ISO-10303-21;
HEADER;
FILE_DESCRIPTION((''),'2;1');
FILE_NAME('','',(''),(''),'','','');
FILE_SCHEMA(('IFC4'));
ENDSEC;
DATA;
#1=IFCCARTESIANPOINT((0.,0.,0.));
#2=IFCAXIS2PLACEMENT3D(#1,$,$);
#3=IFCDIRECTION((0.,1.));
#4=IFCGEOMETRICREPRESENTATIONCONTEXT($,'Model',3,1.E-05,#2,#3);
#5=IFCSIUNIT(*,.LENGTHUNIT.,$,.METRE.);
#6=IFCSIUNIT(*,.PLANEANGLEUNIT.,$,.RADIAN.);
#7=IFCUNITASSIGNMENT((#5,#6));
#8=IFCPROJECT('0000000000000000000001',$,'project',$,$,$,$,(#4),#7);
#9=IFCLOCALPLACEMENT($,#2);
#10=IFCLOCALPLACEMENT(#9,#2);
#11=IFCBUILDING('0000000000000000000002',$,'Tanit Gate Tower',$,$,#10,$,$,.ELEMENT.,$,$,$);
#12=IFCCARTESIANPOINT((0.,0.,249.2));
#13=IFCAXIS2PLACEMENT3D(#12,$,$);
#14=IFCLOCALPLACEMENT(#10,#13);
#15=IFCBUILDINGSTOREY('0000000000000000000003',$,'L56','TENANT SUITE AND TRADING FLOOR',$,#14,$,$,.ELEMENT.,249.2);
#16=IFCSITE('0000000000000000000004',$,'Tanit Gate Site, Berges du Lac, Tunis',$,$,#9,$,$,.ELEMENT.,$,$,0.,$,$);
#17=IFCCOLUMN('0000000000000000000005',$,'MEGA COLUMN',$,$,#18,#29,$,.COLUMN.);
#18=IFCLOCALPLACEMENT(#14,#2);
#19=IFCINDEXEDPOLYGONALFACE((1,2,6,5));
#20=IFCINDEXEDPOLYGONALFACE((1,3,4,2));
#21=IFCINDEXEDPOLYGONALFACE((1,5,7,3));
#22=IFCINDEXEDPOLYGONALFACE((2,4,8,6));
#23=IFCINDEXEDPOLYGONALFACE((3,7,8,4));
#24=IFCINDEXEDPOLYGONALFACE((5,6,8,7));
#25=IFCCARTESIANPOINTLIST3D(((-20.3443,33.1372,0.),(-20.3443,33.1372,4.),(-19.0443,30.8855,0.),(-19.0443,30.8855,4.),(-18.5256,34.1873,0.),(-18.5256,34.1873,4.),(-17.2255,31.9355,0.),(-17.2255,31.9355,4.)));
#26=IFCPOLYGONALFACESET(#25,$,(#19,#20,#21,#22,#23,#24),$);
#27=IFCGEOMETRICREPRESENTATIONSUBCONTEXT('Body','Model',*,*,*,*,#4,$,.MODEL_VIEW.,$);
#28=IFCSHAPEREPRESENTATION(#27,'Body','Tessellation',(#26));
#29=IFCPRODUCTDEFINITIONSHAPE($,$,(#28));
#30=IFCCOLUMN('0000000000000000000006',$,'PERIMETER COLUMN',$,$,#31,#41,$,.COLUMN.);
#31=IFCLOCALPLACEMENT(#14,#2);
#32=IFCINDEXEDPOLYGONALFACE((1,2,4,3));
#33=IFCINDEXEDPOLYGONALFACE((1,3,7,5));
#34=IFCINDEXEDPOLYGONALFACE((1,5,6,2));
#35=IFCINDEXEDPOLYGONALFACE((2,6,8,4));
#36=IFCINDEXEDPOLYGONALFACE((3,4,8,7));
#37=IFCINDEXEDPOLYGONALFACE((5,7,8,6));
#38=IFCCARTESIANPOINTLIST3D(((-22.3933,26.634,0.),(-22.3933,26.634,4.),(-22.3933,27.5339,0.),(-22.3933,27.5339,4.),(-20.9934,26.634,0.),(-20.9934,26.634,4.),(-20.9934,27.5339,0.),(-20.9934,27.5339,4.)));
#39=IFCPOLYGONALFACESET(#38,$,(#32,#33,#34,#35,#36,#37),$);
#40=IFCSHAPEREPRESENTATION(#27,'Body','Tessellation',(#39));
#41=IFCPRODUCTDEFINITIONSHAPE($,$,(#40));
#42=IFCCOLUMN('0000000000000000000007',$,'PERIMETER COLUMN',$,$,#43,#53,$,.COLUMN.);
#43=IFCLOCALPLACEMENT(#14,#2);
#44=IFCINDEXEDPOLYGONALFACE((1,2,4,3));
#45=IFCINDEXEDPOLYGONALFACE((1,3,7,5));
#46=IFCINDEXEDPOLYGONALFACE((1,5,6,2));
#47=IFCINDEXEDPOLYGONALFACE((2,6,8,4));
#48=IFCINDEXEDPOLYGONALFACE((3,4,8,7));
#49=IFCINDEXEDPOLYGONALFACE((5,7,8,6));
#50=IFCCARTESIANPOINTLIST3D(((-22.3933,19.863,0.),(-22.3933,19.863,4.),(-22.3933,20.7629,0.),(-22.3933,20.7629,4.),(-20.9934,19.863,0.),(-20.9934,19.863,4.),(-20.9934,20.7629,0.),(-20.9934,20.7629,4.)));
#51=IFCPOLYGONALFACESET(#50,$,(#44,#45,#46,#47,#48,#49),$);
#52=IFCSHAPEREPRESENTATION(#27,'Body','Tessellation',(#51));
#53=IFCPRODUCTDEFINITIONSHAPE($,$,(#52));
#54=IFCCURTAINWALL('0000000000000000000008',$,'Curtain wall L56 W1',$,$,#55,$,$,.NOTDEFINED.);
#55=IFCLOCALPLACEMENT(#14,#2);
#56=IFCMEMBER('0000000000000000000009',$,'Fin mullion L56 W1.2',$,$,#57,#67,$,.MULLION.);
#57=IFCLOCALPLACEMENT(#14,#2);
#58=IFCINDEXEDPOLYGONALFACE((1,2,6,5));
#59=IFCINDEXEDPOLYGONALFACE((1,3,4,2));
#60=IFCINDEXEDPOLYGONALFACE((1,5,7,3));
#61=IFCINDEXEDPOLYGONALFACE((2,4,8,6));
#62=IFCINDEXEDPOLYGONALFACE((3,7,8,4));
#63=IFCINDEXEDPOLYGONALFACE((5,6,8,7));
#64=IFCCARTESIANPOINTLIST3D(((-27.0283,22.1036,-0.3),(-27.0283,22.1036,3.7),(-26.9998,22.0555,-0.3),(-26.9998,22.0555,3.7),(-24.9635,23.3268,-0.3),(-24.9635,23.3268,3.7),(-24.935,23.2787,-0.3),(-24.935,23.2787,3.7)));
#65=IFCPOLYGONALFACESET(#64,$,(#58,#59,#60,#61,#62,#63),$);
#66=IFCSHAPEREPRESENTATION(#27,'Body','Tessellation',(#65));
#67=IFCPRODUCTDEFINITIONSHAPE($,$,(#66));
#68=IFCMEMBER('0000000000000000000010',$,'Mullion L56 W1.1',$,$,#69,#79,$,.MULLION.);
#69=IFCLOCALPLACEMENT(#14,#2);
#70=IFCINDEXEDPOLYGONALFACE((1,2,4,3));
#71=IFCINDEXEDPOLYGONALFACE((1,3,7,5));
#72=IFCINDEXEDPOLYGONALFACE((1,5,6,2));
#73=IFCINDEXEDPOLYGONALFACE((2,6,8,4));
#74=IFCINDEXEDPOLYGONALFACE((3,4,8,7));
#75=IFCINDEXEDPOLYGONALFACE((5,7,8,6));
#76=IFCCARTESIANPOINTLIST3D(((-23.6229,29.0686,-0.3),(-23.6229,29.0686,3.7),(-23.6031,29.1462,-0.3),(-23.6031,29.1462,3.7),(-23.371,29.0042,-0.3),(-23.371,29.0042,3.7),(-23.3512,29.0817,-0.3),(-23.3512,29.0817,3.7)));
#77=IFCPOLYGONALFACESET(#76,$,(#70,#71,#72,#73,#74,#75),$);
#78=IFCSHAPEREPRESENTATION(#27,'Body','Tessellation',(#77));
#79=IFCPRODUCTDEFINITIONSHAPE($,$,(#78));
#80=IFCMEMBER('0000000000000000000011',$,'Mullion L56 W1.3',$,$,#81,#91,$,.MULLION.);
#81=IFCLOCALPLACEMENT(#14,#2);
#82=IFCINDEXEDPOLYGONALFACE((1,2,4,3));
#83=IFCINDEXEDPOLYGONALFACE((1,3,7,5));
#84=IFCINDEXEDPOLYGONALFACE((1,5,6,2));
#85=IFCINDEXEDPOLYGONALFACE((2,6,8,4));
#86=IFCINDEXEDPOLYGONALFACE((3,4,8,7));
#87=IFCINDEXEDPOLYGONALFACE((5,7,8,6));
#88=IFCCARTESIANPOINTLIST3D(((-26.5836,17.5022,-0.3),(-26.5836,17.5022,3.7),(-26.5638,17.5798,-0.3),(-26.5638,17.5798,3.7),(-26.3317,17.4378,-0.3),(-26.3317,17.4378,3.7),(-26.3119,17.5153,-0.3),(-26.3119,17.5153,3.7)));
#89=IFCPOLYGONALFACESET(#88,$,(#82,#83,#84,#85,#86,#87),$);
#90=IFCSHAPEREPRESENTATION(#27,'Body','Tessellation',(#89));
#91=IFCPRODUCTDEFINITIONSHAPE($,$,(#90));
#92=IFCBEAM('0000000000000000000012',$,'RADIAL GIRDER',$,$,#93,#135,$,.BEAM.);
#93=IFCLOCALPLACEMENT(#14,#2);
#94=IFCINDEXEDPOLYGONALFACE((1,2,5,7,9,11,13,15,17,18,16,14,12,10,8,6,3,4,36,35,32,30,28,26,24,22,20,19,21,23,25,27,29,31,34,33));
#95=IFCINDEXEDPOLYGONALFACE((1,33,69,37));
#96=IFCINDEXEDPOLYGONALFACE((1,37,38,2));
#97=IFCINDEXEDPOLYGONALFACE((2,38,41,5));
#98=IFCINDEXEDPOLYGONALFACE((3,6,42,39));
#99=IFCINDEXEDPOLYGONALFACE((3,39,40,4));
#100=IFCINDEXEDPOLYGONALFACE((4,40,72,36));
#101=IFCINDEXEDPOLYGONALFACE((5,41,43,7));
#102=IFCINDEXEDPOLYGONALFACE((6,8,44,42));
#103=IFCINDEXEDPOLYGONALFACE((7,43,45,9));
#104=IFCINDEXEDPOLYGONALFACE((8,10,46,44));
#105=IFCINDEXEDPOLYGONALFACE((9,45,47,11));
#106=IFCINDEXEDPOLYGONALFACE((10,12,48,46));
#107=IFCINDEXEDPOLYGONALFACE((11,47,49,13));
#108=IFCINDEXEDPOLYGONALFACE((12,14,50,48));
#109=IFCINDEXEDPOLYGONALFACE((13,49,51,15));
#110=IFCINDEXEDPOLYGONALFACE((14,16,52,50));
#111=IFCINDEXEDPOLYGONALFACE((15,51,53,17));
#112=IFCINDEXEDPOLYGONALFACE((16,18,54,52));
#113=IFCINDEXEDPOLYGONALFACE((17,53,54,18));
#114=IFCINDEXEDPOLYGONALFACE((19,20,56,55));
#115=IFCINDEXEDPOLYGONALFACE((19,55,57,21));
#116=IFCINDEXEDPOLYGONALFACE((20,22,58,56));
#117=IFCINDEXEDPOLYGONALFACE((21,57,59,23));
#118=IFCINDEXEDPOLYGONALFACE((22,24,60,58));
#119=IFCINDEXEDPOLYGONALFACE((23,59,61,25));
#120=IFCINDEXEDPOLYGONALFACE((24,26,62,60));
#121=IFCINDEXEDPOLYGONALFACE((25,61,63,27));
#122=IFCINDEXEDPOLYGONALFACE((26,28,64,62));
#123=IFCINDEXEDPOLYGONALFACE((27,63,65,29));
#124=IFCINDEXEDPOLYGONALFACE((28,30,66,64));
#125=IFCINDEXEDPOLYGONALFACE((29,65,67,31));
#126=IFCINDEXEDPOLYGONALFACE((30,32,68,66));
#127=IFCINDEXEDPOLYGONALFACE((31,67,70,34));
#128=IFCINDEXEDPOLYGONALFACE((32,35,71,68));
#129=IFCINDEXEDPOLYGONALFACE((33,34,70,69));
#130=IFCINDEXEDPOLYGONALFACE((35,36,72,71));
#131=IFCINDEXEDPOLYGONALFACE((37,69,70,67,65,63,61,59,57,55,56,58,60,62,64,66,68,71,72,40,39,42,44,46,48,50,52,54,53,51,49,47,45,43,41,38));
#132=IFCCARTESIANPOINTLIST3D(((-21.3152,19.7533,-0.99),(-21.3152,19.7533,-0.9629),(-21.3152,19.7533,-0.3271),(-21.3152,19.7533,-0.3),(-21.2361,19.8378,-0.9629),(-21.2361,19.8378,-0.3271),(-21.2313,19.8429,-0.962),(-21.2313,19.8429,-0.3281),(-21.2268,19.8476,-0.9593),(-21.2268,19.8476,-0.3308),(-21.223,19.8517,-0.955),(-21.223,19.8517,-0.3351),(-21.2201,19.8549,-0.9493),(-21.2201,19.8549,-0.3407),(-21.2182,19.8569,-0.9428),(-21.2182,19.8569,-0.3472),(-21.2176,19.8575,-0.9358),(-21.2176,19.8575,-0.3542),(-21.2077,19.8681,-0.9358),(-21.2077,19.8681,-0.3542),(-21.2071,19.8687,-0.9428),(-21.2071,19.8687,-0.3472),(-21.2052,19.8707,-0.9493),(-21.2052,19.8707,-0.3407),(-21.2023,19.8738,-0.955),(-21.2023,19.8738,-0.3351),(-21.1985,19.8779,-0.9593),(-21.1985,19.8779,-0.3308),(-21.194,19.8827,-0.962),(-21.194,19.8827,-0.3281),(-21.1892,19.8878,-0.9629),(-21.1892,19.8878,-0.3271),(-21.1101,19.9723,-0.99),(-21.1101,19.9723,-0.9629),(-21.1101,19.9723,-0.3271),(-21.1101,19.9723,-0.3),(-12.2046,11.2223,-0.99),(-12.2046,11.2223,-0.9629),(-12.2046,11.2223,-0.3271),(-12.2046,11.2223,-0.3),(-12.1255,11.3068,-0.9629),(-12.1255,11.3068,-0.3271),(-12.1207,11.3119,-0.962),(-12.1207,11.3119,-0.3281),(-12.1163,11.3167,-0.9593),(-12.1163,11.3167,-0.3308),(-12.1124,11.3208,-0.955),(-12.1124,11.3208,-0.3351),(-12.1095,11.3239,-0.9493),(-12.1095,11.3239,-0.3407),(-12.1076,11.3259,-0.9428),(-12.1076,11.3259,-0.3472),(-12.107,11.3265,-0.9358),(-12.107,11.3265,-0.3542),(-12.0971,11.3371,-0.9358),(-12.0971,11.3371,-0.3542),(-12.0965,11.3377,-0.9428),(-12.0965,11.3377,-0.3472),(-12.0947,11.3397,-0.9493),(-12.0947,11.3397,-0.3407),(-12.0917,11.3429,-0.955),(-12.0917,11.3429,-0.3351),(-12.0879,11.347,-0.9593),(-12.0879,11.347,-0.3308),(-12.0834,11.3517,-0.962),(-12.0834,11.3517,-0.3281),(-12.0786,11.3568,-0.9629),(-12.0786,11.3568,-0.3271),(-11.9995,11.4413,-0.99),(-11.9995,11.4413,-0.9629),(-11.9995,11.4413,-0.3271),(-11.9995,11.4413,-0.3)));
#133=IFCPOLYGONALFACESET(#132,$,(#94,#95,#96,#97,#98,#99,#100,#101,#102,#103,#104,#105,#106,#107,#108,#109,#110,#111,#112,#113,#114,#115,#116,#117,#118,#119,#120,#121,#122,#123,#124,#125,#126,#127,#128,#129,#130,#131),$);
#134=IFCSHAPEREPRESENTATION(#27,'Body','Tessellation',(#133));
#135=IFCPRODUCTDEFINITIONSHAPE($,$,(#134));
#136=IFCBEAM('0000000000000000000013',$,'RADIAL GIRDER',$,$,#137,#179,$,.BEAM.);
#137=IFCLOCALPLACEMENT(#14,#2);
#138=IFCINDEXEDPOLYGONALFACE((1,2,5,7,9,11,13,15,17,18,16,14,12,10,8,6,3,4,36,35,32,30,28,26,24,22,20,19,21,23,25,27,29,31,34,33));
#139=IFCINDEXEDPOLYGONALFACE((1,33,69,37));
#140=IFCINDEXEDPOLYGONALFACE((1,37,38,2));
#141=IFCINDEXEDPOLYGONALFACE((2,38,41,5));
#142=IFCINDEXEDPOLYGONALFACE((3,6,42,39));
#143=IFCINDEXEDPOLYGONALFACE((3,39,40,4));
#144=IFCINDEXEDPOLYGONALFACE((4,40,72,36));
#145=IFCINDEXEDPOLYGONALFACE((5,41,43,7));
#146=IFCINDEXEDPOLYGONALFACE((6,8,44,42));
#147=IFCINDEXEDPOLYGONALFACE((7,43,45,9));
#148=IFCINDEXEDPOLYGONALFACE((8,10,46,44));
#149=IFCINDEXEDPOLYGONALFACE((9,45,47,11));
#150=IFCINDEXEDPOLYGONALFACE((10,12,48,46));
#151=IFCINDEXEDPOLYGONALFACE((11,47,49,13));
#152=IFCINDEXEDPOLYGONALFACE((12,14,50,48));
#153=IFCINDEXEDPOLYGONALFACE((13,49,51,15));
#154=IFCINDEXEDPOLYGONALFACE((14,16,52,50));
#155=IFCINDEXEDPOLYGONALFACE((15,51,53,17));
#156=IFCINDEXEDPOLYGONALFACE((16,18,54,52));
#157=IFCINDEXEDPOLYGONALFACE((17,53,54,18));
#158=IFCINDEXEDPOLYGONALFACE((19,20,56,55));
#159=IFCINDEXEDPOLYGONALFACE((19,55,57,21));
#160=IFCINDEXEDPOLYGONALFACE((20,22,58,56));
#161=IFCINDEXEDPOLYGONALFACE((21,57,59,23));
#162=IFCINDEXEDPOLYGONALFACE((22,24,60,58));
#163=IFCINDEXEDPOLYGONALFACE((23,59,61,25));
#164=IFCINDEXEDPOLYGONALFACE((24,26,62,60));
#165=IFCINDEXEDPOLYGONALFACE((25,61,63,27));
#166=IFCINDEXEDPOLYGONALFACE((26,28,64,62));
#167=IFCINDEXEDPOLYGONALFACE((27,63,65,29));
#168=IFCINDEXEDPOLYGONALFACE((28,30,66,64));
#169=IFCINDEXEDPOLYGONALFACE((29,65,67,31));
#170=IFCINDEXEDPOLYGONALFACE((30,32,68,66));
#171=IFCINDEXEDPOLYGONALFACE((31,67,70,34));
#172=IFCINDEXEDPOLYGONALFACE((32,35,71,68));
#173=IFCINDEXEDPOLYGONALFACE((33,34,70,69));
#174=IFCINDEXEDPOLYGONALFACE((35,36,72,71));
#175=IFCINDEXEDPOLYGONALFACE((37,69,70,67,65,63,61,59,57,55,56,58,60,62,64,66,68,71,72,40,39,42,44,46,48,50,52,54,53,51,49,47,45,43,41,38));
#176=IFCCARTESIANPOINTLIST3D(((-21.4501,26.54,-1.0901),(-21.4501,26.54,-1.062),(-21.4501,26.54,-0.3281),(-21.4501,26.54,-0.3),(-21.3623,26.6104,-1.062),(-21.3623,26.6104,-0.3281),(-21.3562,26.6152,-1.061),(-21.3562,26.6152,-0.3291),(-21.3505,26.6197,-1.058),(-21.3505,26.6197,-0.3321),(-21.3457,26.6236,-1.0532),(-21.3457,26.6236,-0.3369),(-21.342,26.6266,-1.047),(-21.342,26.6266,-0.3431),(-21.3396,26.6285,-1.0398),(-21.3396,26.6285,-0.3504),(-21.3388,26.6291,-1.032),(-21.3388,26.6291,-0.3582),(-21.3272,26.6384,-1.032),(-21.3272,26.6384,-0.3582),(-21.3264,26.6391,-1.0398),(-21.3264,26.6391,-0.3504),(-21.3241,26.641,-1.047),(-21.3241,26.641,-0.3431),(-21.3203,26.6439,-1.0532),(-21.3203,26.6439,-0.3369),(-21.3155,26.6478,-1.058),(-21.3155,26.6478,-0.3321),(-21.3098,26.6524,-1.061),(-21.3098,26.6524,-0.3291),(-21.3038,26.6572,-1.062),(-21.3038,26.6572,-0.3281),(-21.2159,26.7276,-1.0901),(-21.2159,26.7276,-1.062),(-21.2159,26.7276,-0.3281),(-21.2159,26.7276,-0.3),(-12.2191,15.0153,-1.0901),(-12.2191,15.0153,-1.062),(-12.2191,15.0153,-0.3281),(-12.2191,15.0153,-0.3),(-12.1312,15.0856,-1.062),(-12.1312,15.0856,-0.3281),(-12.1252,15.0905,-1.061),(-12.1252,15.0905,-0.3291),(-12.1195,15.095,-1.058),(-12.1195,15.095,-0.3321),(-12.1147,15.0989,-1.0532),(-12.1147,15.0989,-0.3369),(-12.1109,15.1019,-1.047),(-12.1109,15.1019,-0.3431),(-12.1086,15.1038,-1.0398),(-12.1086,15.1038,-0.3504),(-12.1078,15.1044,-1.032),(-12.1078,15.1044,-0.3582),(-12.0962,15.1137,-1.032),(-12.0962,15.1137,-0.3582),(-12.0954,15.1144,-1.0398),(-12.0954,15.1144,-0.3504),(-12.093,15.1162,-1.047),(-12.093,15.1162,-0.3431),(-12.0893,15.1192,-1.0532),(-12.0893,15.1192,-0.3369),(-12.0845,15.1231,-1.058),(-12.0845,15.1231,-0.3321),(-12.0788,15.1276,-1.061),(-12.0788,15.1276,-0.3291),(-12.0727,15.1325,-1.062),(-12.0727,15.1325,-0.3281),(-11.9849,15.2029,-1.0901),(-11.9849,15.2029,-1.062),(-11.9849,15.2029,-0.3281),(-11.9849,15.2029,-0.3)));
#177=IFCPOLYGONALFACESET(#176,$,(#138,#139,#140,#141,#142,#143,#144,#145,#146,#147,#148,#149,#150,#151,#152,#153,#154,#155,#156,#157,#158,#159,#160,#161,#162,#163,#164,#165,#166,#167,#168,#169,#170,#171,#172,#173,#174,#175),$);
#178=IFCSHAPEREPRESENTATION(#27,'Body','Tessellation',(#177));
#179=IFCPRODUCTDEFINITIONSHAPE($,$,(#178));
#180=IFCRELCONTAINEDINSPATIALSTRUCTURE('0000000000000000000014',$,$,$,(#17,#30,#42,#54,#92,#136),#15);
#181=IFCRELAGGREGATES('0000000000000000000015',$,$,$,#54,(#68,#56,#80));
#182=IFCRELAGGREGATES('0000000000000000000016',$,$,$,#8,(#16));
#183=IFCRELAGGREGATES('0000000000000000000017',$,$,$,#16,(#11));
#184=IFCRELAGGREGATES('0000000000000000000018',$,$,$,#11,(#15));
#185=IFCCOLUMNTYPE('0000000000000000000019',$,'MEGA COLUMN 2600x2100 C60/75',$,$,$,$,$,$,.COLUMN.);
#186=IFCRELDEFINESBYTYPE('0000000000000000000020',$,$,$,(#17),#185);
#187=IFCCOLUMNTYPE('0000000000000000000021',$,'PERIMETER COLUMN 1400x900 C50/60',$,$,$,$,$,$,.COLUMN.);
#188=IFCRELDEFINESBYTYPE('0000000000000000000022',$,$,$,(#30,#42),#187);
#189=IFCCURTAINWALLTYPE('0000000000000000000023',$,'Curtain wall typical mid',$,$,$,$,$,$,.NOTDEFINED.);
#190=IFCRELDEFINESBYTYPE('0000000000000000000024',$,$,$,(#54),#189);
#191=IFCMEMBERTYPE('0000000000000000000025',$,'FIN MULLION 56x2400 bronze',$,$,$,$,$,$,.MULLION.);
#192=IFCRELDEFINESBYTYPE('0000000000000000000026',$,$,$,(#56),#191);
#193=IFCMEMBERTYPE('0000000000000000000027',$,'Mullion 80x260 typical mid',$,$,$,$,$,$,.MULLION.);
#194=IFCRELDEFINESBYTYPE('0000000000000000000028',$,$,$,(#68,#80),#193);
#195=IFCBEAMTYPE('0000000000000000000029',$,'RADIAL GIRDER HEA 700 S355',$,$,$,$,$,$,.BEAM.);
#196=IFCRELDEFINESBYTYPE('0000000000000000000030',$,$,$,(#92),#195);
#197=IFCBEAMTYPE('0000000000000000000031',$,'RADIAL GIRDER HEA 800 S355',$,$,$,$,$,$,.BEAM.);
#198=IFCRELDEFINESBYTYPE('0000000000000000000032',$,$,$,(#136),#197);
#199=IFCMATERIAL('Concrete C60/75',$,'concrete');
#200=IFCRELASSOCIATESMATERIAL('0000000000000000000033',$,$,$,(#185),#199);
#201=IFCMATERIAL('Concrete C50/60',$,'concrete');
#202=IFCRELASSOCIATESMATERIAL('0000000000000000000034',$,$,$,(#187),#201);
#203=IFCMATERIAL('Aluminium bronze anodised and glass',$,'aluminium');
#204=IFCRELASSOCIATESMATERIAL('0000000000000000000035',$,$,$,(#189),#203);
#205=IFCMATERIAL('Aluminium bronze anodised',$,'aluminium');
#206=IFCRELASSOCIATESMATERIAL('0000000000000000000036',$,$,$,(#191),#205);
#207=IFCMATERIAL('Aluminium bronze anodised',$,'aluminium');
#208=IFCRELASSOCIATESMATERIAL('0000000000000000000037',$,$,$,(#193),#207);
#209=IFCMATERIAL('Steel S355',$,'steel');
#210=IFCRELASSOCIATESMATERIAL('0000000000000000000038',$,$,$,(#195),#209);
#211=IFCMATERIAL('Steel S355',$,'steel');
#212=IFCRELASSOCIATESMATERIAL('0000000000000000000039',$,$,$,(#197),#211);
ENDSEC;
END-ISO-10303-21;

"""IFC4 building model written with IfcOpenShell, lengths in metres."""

from ifc_helpers import new_model, si_unit, direction, frame, origin, origin_2d, place, context, subcontext, project, spatial, rectangle, i_section, extrude, material, material_profile, profile_set, type_object, element, aggregate, save


model = new_model("IFC4")

# Units and contexts
model_context = context("Model", 3, precision=1e-05, world=origin(), true_north=direction((0.0, 1.0)))
body_context = subcontext(model_context, "Body", "Model", "MODEL_VIEW")
ifc_project = project(units=[si_unit("LENGTHUNIT", "METRE"), si_unit("PLANEANGLEUNIT", "RADIAN")], contexts=[model_context])

# Site, building, storey
site_placement = place(None, origin())
site = spatial("IfcSite", under=ifc_project, at=site_placement, Name="Tanit Gate Site, Berges du Lac, Tunis", CompositionType="ELEMENT", RefElevation=0.0)
building_placement = place(site_placement, origin())
building = spatial("IfcBuilding", under=site, at=building_placement, Name="Tanit Gate Tower", CompositionType="ELEMENT")
storey_placement = place(building_placement, frame((0.0, 0.0, 249.2)))
storey = spatial("IfcBuildingStorey", under=building, at=storey_placement, Name="L56", Description="TENANT SUITE AND TRADING FLOOR", CompositionType="ELEMENT", Elevation=249.2)

# Columns
ifc_material_1 = material(Name="Concrete C60/75", Category="concrete")
ifc_material_profile_1 = material_profile(ifc_material_1, rectangle(XDim=2.6001, YDim=2.1001, at=origin_2d()), Name="RC 2600x2100")
ifc_profile_set_1 = profile_set([ifc_material_profile_1], Name="Concrete C60/75")
column_type_1 = type_object("IfcColumnType", Name="MEGA COLUMN 2600x2100 C60/75", PredefinedType="COLUMN", material=ifc_profile_set_1)
column_placement = place(storey_placement, frame((-18.7849, 32.5364, 0.0), z_axis=(0.0, 0.0, 1.0), x_axis=(-0.5, 0.866025, 0.0)))
element("IfcColumn", 1, at=column_placement, inside=storey, type_object=column_type_1, Name="MEGA COLUMN", PredefinedType="COLUMN", context=body_context, shape_type="SweptSolid", body=[
    extrude(rectangle(XDim=2.6001, YDim=2.1001, at=origin_2d()), origin(), (0.0, 0.0, 1.0), 4.0),
])
ifc_material_2 = material(Name="Concrete C50/60", Category="concrete")
ifc_material_profile_2 = material_profile(ifc_material_2, rectangle(XDim=1.3999, YDim=0.8999, at=origin_2d()), Name="RC 1400x900")
ifc_profile_set_2 = profile_set([ifc_material_profile_2], Name="Concrete C50/60")
column_type_2 = type_object("IfcColumnType", Name="PERIMETER COLUMN 1400x900 C50/60", PredefinedType="COLUMN", material=ifc_profile_set_2)
for number, where, z_axis, x_axis, name in (
    (2, (-21.6934, 27.084, 0.0), (0.0, 0.0, 1.0), (-1.0, 0.0, 0.0), "PERIMETER COLUMN"),
    (3, (-21.6934, 20.313, 0.0), (0.0, 0.0, 1.0), (-1.0, 0.0, 0.0), "PERIMETER COLUMN"),
):
    element("IfcColumn", number, at=place(storey_placement, frame(where, z_axis=z_axis, x_axis=x_axis)), inside=storey, type_object=column_type_2, Name=name, PredefinedType="COLUMN", context=body_context, shape_type="SweptSolid", body=[
        extrude(rectangle(XDim=1.3999, YDim=0.8999, at=origin_2d()), origin(), (0.0, 0.0, 1.0), 4.0),
    ])

# Curtain wall, members
ifc_material_3 = material(Name="Aluminium bronze anodised and glass", Category="aluminium")
curtain_wall_type = type_object("IfcCurtainWallType", Name="Curtain wall typical mid", PredefinedType="NOTDEFINED", material=ifc_material_3)
curtain_wall_placement = place(storey_placement, origin())
curtain_wall = element("IfcCurtainWall", 4, at=curtain_wall_placement, inside=storey, type_object=curtain_wall_type, Name="Curtain wall L56 W1", PredefinedType="NOTDEFINED")
ifc_material_4 = material(Name="Aluminium bronze anodised", Category="aluminium")
ifc_material_profile_3 = material_profile(ifc_material_4, rectangle(XDim=2.3999, YDim=0.0559, at=origin_2d()), Name="56x2400 bronze fin mullion")
ifc_profile_set_3 = profile_set([ifc_material_profile_3], Name="Aluminium bronze anodised")
member_type_1 = type_object("IfcMemberType", Name="FIN MULLION 56x2400 bronze", PredefinedType="MULLION", material=ifc_profile_set_3)
member_1_placement = place(storey_placement, frame((-25.9817, 22.6912, -0.3), z_axis=(0.0, 0.0, 1.0), x_axis=(0.860366, 0.509678, 0.0)))
member_1 = element("IfcMember", 5, at=member_1_placement, type_object=member_type_1, Name="Fin mullion L56 W1.2", PredefinedType="MULLION", context=body_context, shape_type="SweptSolid", body=[
    extrude(rectangle(XDim=2.3999, YDim=0.0559, at=origin_2d()), origin(), (0.0, 0.0, 1.0), 4.0),
])
ifc_material_5 = material(Name="Aluminium bronze anodised", Category="aluminium")
ifc_material_profile_4 = material_profile(ifc_material_5, rectangle(XDim=0.26, YDim=0.0801, at=origin_2d()), Name="80x260 bronze mullion")
ifc_profile_set_4 = profile_set([ifc_material_profile_4], Name="Aluminium bronze anodised")
member_type_2 = type_object("IfcMemberType", Name="Mullion 80x260 typical mid", PredefinedType="MULLION", material=ifc_profile_set_4)
member_2_placement = place(storey_placement, frame((-23.4871, 29.0752, -0.3), z_axis=(0.0, 0.0, 1.0), x_axis=(0.968767, -0.247974, 0.0)))
member_2 = element("IfcMember", 6, at=member_2_placement, type_object=member_type_2, Name="Mullion L56 W1.1", PredefinedType="MULLION", context=body_context, shape_type="SweptSolid", body=[
    extrude(rectangle(XDim=0.26, YDim=0.0801, at=origin_2d()), origin(), (0.0, 0.0, 1.0), 4.0),
])
member_3_placement = place(storey_placement, frame((-26.4478, 17.5088, -0.3), z_axis=(0.0, 0.0, 1.0), x_axis=(0.968767, -0.247974, 0.0)))
member_3 = element("IfcMember", 7, at=member_3_placement, type_object=member_type_2, Name="Mullion L56 W1.3", PredefinedType="MULLION", context=body_context, shape_type="SweptSolid", body=[
    extrude(rectangle(XDim=0.26, YDim=0.0801, at=origin_2d()), origin(), (0.0, 0.0, 1.0), 4.0),
])

# Beams
ifc_material_6 = material(Name="Steel S355", Category="steel")
ifc_material_profile_5 = material_profile(ifc_material_6, i_section(OverallWidth=0.3, OverallDepth=0.6899, WebThickness=0.0144, FlangeThickness=0.0271, FilletRadius=0.0271, at=origin_2d()), Name="HEA 700")
ifc_profile_set_5 = profile_set([ifc_material_profile_5], Name="Steel S355")
beam_type_1 = type_object("IfcBeamType", Name="RADIAL GIRDER HEA 700 S355", PredefinedType="BEAM", material=ifc_profile_set_5)
beam_1_placement = place(storey_placement, frame((-21.2126, 19.8628, -0.645), z_axis=(0.729944, -0.683507, 0.0), x_axis=(0.683507, 0.729944, 0.0)))
element("IfcBeam", 8, at=beam_1_placement, inside=storey, type_object=beam_type_1, Name="RADIAL GIRDER", PredefinedType="BEAM", context=body_context, shape_type="SweptSolid", body=[
    extrude(i_section(OverallWidth=0.3, OverallDepth=0.6899, WebThickness=0.0144, FlangeThickness=0.0271, FilletRadius=0.0271, at=origin_2d()), origin(), (0.0, 0.0, 1.0), 12.4812),
])
ifc_material_7 = material(Name="Steel S355", Category="steel")
ifc_material_profile_6 = material_profile(ifc_material_7, i_section(OverallWidth=0.3, OverallDepth=0.79, WebThickness=0.0149, FlangeThickness=0.0281, FilletRadius=0.03, at=origin_2d()), Name="HEA 800")
ifc_profile_set_6 = profile_set([ifc_material_profile_6], Name="Steel S355")
beam_type_2 = type_object("IfcBeamType", Name="RADIAL GIRDER HEA 800 S355", PredefinedType="BEAM", material=ifc_profile_set_6)
beam_2_placement = place(storey_placement, frame((-21.333, 26.6338, -0.6951), z_axis=(0.625159, -0.780498, 0.0), x_axis=(0.780498, 0.625159, 0.0)))
element("IfcBeam", 9, at=beam_2_placement, inside=storey, type_object=beam_type_2, Name="RADIAL GIRDER", PredefinedType="BEAM", context=body_context, shape_type="SweptSolid", body=[
    extrude(i_section(OverallWidth=0.3, OverallDepth=0.79, WebThickness=0.0149, FlangeThickness=0.0281, FilletRadius=0.03, at=origin_2d()), origin(), (0.0, 0.0, 1.0), 14.7659),
])

aggregate(curtain_wall, [member_2, member_1, member_3])

save(model, "model.ifc")
